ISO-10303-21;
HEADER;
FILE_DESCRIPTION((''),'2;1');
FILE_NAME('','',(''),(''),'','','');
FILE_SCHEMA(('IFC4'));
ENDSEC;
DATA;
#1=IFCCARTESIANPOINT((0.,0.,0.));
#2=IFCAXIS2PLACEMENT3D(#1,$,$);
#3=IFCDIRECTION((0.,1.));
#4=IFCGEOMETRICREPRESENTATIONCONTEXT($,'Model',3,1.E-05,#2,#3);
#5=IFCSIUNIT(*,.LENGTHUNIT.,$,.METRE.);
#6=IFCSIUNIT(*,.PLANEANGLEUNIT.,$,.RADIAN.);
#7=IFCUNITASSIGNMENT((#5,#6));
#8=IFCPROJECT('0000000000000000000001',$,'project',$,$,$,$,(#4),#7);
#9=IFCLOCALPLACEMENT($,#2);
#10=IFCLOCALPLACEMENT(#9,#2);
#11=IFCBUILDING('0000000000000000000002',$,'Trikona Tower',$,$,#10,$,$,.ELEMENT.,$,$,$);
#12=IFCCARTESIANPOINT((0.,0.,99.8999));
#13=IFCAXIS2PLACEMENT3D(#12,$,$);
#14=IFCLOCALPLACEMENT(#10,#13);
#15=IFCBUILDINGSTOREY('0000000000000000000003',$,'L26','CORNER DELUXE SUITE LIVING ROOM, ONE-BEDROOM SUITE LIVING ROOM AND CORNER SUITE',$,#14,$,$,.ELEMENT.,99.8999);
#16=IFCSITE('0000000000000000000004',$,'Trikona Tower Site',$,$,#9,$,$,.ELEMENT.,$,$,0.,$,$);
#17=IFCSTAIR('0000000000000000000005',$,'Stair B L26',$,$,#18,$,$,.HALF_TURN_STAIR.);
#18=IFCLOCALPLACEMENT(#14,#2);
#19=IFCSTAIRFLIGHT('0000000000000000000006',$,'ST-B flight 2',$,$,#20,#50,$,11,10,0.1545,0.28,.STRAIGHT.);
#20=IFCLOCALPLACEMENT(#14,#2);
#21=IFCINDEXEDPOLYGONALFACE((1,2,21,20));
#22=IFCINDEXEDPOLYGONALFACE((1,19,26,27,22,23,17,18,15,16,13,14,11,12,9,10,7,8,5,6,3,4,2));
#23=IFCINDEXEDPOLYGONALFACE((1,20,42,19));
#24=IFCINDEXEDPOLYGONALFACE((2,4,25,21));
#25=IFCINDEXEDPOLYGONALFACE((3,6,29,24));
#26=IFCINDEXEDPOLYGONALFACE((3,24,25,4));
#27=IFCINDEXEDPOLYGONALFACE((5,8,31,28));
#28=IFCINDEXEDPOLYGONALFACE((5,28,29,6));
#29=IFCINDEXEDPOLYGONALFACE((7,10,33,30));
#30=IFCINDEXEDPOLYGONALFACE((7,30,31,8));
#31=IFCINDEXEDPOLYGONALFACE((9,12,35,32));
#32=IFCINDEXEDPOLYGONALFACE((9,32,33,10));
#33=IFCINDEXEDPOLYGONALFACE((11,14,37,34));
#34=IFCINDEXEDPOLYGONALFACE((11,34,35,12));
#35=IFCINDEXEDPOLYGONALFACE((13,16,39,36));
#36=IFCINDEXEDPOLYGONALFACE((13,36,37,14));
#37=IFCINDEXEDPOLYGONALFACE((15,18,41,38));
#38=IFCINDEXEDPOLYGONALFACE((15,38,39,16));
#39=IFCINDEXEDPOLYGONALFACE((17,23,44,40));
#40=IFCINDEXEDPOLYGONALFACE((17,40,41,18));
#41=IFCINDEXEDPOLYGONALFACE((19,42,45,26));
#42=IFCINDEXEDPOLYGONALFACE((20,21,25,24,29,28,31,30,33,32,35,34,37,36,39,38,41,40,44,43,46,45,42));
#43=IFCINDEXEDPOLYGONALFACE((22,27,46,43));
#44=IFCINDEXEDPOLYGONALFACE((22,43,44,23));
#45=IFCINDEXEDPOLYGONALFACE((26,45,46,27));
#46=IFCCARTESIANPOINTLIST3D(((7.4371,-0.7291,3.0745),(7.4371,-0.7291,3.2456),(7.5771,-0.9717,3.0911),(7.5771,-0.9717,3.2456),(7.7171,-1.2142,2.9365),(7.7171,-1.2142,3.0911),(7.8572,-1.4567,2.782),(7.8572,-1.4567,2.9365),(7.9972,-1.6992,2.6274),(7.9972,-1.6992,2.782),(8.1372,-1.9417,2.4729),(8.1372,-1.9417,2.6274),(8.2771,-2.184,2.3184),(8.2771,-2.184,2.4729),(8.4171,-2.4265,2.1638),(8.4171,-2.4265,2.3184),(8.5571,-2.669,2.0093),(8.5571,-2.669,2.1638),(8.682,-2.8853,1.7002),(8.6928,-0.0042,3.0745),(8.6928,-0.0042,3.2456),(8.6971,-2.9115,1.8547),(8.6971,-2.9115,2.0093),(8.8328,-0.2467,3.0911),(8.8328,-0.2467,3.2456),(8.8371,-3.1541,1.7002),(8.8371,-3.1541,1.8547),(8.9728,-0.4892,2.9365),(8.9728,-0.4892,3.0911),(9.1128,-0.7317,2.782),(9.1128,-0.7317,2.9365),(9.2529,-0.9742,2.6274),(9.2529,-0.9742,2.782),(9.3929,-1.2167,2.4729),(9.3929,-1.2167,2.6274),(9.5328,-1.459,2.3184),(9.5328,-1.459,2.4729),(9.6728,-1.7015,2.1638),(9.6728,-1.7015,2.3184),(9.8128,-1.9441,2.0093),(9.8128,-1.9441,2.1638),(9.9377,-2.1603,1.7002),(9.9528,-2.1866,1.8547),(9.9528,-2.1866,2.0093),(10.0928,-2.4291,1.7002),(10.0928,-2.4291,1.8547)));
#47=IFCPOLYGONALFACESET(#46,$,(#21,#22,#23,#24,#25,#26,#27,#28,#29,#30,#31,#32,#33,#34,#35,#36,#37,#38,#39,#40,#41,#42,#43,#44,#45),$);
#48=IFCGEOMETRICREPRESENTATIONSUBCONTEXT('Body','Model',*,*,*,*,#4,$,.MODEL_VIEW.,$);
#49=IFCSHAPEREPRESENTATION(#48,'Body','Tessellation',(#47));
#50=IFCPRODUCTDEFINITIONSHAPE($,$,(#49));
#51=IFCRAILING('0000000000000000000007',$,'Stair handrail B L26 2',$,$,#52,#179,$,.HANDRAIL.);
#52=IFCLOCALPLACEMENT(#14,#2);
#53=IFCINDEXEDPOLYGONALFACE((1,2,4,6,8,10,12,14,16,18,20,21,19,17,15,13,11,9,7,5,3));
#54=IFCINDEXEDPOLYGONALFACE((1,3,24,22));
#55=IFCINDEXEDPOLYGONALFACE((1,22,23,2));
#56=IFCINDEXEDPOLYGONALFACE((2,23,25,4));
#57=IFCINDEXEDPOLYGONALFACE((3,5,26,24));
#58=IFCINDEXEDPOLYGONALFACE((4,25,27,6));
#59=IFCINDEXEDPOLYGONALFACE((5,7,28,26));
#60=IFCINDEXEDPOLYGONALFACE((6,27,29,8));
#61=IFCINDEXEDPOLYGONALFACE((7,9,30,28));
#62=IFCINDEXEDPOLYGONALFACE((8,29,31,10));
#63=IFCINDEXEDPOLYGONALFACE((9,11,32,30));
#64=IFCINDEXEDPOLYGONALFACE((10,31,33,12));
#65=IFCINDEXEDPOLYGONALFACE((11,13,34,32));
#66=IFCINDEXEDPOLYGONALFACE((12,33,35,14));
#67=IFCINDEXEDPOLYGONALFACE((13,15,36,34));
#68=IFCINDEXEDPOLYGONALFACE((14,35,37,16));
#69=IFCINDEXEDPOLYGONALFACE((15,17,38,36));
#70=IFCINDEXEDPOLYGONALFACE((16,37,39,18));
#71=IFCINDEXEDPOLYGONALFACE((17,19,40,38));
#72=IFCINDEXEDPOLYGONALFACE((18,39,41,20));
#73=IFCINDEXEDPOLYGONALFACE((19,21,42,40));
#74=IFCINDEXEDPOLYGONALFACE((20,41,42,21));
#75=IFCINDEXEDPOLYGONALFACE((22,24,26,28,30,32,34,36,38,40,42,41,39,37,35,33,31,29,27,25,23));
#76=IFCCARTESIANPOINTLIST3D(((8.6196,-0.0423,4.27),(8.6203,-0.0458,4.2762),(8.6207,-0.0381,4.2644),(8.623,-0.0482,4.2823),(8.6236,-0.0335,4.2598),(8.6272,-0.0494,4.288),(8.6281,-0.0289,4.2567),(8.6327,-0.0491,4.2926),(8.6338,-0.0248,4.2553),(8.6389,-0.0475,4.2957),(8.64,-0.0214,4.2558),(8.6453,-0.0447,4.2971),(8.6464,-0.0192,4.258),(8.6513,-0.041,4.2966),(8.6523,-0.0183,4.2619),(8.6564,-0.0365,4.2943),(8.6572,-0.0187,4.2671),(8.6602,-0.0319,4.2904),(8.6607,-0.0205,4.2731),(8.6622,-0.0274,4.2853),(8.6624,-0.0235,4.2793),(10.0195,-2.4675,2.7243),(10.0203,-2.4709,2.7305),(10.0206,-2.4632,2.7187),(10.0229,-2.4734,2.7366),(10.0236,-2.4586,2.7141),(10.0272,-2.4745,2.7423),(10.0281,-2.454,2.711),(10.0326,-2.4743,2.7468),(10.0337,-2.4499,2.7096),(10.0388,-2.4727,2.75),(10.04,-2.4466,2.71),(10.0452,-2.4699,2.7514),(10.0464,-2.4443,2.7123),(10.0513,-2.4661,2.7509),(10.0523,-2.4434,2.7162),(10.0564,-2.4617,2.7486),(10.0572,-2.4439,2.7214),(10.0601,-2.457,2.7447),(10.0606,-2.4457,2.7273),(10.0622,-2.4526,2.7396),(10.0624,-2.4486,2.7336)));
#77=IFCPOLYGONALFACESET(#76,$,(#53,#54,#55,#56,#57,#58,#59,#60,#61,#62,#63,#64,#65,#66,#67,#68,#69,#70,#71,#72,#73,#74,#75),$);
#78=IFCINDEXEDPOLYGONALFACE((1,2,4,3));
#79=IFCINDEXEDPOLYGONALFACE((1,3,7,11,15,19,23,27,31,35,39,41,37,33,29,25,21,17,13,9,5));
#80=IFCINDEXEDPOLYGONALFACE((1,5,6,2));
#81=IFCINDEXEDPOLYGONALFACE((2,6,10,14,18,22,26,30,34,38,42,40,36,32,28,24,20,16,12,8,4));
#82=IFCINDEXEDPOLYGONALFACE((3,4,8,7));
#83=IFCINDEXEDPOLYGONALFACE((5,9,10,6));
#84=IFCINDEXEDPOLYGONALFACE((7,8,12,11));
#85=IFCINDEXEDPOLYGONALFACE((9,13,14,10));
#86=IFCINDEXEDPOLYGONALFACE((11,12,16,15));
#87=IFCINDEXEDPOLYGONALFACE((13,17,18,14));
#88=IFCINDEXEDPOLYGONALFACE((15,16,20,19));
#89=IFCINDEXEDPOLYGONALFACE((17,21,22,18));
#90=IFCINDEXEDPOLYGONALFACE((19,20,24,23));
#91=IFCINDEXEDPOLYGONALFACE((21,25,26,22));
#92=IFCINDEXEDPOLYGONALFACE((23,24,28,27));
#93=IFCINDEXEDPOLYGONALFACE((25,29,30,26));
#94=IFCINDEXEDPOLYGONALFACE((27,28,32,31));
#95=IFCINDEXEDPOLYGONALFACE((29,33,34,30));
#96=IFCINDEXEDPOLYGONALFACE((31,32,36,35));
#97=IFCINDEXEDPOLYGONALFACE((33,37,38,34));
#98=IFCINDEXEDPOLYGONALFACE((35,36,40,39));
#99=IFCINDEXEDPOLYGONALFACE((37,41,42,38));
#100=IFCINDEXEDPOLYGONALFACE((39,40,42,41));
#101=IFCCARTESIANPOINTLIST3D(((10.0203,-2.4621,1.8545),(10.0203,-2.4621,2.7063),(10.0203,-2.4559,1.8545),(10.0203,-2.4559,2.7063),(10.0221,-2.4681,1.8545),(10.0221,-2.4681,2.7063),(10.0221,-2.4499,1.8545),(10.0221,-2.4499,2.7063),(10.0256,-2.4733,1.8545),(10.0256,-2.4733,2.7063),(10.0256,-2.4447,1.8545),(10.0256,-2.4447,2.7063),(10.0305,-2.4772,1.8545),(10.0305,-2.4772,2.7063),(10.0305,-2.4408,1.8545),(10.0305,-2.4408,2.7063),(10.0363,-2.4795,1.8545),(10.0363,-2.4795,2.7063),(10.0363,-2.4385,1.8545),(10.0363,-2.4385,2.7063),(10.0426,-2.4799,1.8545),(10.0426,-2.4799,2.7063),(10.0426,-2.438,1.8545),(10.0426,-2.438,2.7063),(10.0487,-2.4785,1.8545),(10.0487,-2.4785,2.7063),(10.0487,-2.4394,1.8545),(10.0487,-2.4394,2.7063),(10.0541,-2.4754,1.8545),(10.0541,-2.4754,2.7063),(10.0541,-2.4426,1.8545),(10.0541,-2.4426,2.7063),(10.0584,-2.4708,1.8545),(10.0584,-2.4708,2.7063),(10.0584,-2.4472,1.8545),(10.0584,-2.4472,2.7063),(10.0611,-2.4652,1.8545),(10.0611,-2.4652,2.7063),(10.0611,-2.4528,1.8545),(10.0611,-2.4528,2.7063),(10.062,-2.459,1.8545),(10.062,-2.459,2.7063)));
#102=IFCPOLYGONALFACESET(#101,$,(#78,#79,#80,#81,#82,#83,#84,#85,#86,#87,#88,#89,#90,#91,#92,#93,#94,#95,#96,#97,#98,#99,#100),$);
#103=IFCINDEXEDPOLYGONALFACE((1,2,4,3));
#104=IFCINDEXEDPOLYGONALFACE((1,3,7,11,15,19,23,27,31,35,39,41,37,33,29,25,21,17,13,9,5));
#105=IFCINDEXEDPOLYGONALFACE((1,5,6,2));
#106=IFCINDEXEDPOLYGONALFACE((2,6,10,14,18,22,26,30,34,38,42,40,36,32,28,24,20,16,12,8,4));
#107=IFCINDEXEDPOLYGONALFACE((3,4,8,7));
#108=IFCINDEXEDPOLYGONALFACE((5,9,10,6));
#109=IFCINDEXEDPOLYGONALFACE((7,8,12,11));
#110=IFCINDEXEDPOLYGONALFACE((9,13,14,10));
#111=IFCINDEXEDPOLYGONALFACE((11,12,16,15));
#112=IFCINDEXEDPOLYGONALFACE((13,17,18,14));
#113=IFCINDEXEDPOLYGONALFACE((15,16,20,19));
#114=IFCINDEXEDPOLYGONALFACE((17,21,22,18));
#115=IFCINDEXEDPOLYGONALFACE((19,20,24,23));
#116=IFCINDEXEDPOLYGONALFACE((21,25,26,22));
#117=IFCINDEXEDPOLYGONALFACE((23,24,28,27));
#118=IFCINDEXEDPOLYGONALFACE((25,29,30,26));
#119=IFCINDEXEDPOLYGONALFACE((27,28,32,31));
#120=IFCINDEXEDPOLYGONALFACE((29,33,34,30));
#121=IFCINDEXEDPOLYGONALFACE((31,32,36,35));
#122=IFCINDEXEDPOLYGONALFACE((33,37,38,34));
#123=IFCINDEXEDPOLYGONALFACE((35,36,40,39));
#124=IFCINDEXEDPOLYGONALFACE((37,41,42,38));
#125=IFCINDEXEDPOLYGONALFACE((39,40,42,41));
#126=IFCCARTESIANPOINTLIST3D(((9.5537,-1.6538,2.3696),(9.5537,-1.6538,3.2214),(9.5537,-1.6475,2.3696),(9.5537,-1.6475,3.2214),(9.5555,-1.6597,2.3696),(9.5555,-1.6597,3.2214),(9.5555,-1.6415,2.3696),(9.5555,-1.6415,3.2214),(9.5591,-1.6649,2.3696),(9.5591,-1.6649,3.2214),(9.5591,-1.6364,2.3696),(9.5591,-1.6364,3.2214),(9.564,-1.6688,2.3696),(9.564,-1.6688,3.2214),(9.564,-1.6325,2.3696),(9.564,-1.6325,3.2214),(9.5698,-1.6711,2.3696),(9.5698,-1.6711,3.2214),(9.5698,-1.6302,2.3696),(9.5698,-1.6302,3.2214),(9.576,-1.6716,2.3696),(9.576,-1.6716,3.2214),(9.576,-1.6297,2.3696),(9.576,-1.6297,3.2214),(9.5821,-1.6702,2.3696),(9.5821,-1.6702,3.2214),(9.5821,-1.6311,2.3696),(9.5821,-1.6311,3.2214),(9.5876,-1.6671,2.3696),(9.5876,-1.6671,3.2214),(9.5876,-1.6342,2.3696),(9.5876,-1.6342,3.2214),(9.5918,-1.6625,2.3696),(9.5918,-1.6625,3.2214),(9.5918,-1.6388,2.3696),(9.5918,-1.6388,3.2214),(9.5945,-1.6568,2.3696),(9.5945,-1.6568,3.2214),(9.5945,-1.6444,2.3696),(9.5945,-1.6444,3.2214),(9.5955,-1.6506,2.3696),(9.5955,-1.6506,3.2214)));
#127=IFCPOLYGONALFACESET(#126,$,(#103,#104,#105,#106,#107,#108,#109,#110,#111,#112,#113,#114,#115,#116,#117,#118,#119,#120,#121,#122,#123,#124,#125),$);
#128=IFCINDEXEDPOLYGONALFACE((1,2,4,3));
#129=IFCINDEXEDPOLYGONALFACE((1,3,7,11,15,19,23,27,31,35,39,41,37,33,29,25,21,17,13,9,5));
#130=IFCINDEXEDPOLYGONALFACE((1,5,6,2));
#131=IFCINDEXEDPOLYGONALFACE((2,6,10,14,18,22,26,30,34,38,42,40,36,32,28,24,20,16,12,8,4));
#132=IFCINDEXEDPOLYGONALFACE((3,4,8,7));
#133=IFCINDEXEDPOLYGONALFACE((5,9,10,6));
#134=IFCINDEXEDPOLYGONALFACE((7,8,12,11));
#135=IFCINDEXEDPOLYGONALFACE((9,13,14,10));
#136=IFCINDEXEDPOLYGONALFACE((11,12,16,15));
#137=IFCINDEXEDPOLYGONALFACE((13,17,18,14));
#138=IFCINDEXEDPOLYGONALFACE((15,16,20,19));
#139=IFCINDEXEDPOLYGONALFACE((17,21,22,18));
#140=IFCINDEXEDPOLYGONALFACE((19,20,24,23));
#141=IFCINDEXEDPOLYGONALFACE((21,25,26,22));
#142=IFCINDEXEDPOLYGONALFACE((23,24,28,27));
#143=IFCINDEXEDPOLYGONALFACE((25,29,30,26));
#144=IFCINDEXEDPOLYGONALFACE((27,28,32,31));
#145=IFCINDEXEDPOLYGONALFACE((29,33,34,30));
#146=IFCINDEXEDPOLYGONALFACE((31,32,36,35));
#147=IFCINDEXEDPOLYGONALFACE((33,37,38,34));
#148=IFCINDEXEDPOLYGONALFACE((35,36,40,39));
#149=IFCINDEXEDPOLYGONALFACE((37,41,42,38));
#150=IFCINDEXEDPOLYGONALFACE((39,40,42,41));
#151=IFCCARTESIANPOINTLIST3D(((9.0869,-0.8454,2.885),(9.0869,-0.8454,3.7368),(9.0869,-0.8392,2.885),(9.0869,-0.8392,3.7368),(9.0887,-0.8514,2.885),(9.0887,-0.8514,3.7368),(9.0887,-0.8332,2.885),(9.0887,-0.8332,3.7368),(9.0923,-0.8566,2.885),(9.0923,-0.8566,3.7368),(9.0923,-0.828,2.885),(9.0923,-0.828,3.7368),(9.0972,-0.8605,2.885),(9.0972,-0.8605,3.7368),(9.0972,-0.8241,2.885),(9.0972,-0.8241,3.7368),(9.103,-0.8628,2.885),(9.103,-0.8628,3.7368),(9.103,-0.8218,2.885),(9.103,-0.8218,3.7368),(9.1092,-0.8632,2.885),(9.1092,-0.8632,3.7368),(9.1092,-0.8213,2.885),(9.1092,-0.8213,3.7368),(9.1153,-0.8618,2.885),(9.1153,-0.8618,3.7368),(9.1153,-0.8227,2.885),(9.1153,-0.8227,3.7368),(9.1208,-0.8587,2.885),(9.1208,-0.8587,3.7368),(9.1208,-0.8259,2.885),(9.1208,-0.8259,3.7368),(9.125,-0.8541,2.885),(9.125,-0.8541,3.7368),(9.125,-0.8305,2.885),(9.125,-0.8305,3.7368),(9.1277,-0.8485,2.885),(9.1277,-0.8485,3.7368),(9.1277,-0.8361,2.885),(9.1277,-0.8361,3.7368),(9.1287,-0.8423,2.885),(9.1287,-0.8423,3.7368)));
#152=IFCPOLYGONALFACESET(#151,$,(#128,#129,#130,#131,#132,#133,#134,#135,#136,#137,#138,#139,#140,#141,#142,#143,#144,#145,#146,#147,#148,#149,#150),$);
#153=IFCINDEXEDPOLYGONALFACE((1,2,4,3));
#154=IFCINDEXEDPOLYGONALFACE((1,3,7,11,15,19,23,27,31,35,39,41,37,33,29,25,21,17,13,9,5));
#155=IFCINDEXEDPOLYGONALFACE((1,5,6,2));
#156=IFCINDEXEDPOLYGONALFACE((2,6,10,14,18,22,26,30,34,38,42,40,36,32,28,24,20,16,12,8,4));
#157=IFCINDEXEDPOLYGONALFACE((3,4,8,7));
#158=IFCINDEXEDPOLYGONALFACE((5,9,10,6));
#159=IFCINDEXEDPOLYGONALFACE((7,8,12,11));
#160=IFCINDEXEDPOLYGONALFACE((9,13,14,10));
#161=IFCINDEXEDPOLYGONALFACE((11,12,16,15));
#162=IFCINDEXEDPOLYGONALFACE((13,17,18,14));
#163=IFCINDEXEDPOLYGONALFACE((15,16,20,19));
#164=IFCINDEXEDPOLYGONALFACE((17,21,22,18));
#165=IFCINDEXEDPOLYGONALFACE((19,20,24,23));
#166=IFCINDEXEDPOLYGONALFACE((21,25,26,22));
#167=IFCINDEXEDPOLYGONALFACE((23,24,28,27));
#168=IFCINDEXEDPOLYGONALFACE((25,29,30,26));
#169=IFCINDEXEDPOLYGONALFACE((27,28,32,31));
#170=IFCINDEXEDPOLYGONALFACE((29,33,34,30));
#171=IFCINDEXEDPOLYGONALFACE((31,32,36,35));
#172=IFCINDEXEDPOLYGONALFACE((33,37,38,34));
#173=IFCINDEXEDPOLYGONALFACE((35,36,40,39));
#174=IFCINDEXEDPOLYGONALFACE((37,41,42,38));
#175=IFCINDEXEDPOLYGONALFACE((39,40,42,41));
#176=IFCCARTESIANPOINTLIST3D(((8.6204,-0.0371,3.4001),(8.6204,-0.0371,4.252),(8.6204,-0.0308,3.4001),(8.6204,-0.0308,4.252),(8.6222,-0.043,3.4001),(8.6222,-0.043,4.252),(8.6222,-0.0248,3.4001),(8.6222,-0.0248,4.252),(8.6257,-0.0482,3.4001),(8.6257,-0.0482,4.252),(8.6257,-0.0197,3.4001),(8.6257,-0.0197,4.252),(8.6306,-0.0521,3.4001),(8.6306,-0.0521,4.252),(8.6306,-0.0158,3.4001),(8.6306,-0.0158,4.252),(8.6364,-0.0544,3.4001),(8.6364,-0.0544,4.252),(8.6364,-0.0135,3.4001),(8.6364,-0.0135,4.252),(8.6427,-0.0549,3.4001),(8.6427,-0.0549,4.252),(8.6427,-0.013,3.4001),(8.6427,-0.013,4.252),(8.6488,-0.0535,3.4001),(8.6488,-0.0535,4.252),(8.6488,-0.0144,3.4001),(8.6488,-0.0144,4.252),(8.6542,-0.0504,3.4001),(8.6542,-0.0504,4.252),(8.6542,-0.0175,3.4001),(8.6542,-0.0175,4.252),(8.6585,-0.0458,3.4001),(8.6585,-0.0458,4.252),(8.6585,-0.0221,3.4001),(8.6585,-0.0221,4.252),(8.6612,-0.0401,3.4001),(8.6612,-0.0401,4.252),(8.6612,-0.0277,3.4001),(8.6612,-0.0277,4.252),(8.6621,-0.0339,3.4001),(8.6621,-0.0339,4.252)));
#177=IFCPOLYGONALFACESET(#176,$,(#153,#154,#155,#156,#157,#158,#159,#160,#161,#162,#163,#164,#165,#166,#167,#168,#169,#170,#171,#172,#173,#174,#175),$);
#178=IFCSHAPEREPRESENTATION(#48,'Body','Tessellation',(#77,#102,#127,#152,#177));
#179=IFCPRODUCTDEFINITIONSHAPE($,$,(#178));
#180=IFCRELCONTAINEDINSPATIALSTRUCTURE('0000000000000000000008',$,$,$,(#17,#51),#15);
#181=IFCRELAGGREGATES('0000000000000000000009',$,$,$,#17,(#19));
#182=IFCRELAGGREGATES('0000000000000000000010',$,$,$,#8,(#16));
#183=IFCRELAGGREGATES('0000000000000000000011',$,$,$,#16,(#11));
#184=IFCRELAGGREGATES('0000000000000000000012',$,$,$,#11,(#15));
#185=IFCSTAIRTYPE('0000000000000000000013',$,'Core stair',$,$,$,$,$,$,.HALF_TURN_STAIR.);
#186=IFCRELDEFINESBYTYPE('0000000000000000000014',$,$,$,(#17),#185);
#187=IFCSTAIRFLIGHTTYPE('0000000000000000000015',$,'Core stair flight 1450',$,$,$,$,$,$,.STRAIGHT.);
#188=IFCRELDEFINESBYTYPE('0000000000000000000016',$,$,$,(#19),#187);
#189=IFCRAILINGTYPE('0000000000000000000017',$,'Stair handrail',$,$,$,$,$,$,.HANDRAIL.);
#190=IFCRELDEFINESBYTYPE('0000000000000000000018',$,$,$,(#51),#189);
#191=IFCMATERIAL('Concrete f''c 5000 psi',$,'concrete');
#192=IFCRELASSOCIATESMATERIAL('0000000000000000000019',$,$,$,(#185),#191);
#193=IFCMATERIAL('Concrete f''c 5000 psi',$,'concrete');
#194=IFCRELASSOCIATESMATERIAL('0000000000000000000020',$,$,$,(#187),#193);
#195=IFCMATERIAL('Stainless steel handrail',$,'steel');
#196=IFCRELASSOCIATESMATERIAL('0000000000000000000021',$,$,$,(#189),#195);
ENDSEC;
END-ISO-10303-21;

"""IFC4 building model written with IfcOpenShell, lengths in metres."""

from ifc_helpers import new_model, si_unit, direction, frame, origin, origin_2d, place, context, subcontext, project, spatial, polyline, circle, outline, extrude, material, type_object, element, aggregate, save


model = new_model("IFC4")

# Units and contexts
model_context = context("Model", 3, precision=1e-05, world=origin(), true_north=direction((0.0, 1.0)))
body_context = subcontext(model_context, "Body", "Model", "MODEL_VIEW")
ifc_project = project(units=[si_unit("LENGTHUNIT", "METRE"), si_unit("PLANEANGLEUNIT", "RADIAN")], contexts=[model_context])

# Site, building, storey
site_placement = place(None, origin())
site = spatial("IfcSite", under=ifc_project, at=site_placement, Name="Trikona Tower Site", CompositionType="ELEMENT", RefElevation=0.0)
building_placement = place(site_placement, origin())
building = spatial("IfcBuilding", under=site, at=building_placement, Name="Trikona Tower", CompositionType="ELEMENT")
storey_placement = place(building_placement, frame((0.0, 0.0, 99.8999)))
storey = spatial("IfcBuildingStorey", under=building, at=storey_placement, Name="L26", Description="CORNER DELUXE SUITE LIVING ROOM, ONE-BEDROOM SUITE LIVING ROOM AND CORNER SUITE", CompositionType="ELEMENT", Elevation=99.8999)

# Stair, stair flight
ifc_material_1 = material(Name="Concrete f'c 5000 psi", Category="concrete")
stair_type = type_object("IfcStairType", Name="Core stair", PredefinedType="HALF_TURN_STAIR", material=ifc_material_1)
stair_placement = place(storey_placement, origin())
stair = element("IfcStair", 1, at=stair_placement, inside=storey, type_object=stair_type, Name="Stair B L26", PredefinedType="HALF_TURN_STAIR")
ifc_material_2 = material(Name="Concrete f'c 5000 psi", Category="concrete")
stair_flight_type = type_object("IfcStairFlightType", Name="Core stair flight 1450", PredefinedType="STRAIGHT", material=ifc_material_2)
stair_flight_placement = place(storey_placement, frame((9.4651, -2.7915, 1.7002), z_axis=(0.0, 0.0, 1.0), x_axis=(-0.5, 0.866025, 0.0)))
stair_flight = element("IfcStairFlight", 2, at=stair_flight_placement, type_object=stair_flight_type, Name="ST-B flight 2", NumberOfRisers=11, NumberOfTreads=10, PredefinedType="STRAIGHT", RiserHeight=0.1545, TreadLength=0.28, context=body_context, shape_type="SweptSolid", body=[
    extrude(outline(polyline([(0.0, 0.0), (0.0, 0.1545), (0.28, 0.1545), (0.28, 0.3091), (0.5601, 0.3091), (0.5601, 0.4636), (0.8401, 0.4636), (0.8401, 0.6182), (1.1201, 0.6182), (1.1201, 0.7727), (1.3999, 0.7727), (1.3999, 0.9272), (1.6799, 0.9272), (1.6799, 1.0818), (1.96, 1.0818), (1.96, 1.2363), (2.24, 1.2363), (2.24, 1.3909), (2.52, 1.3909), (2.52, 1.5454), (2.8, 1.5454), (2.8, 1.7), (2.8, 1.3743), (0.3103, 0.0), (0.0, 0.0)])), frame((0.0, 0.7251, 0.0), z_axis=(0.0, -1.0, 0.0), x_axis=(1.0, 0.0, 0.0)), (0.0, 0.0, 1.0), 1.45),
])
aggregate(stair, [stair_flight])

# Railing
ifc_material_3 = material(Name="Stainless steel handrail", Category="steel")
railing_type = type_object("IfcRailingType", Name="Stair handrail", PredefinedType="HANDRAIL", material=ifc_material_3)
railing_placement = place(storey_placement, frame((10.041, -2.459, 1.8545)))
element("IfcRailing", 3, at=railing_placement, inside=storey, type_object=railing_type, Name="Stair handrail B L26 2", PredefinedType="HANDRAIL", context=body_context, shape_type="SweptSolid", body=[
    extrude(circle(Radius=0.0239, at=origin_2d()), frame((0.0, 0.0, 0.876), z_axis=(-0.437691, 0.758212, 0.483262), x_axis=(-0.866056, -0.499946, 0.0)), (0.0, 0.0, 1.0), 3.1985),
    extrude(circle(Radius=0.021, at=origin_2d()), origin(), (0.0, 0.0, 1.0), 0.8518),
    extrude(circle(Radius=0.021, at=origin_2d()), frame((-0.4666, 0.8083, 0.5151)), (0.0, 0.0, 1.0), 0.8518),
    extrude(circle(Radius=0.021, at=origin_2d()), frame((-0.9333, 1.6167, 1.0305)), (0.0, 0.0, 1.0), 0.8518),
    extrude(circle(Radius=0.021, at=origin_2d()), frame((-1.3999, 2.425, 1.5457)), (0.0, 0.0, 1.0), 0.8518),
])

save(model, "model.ifc")
